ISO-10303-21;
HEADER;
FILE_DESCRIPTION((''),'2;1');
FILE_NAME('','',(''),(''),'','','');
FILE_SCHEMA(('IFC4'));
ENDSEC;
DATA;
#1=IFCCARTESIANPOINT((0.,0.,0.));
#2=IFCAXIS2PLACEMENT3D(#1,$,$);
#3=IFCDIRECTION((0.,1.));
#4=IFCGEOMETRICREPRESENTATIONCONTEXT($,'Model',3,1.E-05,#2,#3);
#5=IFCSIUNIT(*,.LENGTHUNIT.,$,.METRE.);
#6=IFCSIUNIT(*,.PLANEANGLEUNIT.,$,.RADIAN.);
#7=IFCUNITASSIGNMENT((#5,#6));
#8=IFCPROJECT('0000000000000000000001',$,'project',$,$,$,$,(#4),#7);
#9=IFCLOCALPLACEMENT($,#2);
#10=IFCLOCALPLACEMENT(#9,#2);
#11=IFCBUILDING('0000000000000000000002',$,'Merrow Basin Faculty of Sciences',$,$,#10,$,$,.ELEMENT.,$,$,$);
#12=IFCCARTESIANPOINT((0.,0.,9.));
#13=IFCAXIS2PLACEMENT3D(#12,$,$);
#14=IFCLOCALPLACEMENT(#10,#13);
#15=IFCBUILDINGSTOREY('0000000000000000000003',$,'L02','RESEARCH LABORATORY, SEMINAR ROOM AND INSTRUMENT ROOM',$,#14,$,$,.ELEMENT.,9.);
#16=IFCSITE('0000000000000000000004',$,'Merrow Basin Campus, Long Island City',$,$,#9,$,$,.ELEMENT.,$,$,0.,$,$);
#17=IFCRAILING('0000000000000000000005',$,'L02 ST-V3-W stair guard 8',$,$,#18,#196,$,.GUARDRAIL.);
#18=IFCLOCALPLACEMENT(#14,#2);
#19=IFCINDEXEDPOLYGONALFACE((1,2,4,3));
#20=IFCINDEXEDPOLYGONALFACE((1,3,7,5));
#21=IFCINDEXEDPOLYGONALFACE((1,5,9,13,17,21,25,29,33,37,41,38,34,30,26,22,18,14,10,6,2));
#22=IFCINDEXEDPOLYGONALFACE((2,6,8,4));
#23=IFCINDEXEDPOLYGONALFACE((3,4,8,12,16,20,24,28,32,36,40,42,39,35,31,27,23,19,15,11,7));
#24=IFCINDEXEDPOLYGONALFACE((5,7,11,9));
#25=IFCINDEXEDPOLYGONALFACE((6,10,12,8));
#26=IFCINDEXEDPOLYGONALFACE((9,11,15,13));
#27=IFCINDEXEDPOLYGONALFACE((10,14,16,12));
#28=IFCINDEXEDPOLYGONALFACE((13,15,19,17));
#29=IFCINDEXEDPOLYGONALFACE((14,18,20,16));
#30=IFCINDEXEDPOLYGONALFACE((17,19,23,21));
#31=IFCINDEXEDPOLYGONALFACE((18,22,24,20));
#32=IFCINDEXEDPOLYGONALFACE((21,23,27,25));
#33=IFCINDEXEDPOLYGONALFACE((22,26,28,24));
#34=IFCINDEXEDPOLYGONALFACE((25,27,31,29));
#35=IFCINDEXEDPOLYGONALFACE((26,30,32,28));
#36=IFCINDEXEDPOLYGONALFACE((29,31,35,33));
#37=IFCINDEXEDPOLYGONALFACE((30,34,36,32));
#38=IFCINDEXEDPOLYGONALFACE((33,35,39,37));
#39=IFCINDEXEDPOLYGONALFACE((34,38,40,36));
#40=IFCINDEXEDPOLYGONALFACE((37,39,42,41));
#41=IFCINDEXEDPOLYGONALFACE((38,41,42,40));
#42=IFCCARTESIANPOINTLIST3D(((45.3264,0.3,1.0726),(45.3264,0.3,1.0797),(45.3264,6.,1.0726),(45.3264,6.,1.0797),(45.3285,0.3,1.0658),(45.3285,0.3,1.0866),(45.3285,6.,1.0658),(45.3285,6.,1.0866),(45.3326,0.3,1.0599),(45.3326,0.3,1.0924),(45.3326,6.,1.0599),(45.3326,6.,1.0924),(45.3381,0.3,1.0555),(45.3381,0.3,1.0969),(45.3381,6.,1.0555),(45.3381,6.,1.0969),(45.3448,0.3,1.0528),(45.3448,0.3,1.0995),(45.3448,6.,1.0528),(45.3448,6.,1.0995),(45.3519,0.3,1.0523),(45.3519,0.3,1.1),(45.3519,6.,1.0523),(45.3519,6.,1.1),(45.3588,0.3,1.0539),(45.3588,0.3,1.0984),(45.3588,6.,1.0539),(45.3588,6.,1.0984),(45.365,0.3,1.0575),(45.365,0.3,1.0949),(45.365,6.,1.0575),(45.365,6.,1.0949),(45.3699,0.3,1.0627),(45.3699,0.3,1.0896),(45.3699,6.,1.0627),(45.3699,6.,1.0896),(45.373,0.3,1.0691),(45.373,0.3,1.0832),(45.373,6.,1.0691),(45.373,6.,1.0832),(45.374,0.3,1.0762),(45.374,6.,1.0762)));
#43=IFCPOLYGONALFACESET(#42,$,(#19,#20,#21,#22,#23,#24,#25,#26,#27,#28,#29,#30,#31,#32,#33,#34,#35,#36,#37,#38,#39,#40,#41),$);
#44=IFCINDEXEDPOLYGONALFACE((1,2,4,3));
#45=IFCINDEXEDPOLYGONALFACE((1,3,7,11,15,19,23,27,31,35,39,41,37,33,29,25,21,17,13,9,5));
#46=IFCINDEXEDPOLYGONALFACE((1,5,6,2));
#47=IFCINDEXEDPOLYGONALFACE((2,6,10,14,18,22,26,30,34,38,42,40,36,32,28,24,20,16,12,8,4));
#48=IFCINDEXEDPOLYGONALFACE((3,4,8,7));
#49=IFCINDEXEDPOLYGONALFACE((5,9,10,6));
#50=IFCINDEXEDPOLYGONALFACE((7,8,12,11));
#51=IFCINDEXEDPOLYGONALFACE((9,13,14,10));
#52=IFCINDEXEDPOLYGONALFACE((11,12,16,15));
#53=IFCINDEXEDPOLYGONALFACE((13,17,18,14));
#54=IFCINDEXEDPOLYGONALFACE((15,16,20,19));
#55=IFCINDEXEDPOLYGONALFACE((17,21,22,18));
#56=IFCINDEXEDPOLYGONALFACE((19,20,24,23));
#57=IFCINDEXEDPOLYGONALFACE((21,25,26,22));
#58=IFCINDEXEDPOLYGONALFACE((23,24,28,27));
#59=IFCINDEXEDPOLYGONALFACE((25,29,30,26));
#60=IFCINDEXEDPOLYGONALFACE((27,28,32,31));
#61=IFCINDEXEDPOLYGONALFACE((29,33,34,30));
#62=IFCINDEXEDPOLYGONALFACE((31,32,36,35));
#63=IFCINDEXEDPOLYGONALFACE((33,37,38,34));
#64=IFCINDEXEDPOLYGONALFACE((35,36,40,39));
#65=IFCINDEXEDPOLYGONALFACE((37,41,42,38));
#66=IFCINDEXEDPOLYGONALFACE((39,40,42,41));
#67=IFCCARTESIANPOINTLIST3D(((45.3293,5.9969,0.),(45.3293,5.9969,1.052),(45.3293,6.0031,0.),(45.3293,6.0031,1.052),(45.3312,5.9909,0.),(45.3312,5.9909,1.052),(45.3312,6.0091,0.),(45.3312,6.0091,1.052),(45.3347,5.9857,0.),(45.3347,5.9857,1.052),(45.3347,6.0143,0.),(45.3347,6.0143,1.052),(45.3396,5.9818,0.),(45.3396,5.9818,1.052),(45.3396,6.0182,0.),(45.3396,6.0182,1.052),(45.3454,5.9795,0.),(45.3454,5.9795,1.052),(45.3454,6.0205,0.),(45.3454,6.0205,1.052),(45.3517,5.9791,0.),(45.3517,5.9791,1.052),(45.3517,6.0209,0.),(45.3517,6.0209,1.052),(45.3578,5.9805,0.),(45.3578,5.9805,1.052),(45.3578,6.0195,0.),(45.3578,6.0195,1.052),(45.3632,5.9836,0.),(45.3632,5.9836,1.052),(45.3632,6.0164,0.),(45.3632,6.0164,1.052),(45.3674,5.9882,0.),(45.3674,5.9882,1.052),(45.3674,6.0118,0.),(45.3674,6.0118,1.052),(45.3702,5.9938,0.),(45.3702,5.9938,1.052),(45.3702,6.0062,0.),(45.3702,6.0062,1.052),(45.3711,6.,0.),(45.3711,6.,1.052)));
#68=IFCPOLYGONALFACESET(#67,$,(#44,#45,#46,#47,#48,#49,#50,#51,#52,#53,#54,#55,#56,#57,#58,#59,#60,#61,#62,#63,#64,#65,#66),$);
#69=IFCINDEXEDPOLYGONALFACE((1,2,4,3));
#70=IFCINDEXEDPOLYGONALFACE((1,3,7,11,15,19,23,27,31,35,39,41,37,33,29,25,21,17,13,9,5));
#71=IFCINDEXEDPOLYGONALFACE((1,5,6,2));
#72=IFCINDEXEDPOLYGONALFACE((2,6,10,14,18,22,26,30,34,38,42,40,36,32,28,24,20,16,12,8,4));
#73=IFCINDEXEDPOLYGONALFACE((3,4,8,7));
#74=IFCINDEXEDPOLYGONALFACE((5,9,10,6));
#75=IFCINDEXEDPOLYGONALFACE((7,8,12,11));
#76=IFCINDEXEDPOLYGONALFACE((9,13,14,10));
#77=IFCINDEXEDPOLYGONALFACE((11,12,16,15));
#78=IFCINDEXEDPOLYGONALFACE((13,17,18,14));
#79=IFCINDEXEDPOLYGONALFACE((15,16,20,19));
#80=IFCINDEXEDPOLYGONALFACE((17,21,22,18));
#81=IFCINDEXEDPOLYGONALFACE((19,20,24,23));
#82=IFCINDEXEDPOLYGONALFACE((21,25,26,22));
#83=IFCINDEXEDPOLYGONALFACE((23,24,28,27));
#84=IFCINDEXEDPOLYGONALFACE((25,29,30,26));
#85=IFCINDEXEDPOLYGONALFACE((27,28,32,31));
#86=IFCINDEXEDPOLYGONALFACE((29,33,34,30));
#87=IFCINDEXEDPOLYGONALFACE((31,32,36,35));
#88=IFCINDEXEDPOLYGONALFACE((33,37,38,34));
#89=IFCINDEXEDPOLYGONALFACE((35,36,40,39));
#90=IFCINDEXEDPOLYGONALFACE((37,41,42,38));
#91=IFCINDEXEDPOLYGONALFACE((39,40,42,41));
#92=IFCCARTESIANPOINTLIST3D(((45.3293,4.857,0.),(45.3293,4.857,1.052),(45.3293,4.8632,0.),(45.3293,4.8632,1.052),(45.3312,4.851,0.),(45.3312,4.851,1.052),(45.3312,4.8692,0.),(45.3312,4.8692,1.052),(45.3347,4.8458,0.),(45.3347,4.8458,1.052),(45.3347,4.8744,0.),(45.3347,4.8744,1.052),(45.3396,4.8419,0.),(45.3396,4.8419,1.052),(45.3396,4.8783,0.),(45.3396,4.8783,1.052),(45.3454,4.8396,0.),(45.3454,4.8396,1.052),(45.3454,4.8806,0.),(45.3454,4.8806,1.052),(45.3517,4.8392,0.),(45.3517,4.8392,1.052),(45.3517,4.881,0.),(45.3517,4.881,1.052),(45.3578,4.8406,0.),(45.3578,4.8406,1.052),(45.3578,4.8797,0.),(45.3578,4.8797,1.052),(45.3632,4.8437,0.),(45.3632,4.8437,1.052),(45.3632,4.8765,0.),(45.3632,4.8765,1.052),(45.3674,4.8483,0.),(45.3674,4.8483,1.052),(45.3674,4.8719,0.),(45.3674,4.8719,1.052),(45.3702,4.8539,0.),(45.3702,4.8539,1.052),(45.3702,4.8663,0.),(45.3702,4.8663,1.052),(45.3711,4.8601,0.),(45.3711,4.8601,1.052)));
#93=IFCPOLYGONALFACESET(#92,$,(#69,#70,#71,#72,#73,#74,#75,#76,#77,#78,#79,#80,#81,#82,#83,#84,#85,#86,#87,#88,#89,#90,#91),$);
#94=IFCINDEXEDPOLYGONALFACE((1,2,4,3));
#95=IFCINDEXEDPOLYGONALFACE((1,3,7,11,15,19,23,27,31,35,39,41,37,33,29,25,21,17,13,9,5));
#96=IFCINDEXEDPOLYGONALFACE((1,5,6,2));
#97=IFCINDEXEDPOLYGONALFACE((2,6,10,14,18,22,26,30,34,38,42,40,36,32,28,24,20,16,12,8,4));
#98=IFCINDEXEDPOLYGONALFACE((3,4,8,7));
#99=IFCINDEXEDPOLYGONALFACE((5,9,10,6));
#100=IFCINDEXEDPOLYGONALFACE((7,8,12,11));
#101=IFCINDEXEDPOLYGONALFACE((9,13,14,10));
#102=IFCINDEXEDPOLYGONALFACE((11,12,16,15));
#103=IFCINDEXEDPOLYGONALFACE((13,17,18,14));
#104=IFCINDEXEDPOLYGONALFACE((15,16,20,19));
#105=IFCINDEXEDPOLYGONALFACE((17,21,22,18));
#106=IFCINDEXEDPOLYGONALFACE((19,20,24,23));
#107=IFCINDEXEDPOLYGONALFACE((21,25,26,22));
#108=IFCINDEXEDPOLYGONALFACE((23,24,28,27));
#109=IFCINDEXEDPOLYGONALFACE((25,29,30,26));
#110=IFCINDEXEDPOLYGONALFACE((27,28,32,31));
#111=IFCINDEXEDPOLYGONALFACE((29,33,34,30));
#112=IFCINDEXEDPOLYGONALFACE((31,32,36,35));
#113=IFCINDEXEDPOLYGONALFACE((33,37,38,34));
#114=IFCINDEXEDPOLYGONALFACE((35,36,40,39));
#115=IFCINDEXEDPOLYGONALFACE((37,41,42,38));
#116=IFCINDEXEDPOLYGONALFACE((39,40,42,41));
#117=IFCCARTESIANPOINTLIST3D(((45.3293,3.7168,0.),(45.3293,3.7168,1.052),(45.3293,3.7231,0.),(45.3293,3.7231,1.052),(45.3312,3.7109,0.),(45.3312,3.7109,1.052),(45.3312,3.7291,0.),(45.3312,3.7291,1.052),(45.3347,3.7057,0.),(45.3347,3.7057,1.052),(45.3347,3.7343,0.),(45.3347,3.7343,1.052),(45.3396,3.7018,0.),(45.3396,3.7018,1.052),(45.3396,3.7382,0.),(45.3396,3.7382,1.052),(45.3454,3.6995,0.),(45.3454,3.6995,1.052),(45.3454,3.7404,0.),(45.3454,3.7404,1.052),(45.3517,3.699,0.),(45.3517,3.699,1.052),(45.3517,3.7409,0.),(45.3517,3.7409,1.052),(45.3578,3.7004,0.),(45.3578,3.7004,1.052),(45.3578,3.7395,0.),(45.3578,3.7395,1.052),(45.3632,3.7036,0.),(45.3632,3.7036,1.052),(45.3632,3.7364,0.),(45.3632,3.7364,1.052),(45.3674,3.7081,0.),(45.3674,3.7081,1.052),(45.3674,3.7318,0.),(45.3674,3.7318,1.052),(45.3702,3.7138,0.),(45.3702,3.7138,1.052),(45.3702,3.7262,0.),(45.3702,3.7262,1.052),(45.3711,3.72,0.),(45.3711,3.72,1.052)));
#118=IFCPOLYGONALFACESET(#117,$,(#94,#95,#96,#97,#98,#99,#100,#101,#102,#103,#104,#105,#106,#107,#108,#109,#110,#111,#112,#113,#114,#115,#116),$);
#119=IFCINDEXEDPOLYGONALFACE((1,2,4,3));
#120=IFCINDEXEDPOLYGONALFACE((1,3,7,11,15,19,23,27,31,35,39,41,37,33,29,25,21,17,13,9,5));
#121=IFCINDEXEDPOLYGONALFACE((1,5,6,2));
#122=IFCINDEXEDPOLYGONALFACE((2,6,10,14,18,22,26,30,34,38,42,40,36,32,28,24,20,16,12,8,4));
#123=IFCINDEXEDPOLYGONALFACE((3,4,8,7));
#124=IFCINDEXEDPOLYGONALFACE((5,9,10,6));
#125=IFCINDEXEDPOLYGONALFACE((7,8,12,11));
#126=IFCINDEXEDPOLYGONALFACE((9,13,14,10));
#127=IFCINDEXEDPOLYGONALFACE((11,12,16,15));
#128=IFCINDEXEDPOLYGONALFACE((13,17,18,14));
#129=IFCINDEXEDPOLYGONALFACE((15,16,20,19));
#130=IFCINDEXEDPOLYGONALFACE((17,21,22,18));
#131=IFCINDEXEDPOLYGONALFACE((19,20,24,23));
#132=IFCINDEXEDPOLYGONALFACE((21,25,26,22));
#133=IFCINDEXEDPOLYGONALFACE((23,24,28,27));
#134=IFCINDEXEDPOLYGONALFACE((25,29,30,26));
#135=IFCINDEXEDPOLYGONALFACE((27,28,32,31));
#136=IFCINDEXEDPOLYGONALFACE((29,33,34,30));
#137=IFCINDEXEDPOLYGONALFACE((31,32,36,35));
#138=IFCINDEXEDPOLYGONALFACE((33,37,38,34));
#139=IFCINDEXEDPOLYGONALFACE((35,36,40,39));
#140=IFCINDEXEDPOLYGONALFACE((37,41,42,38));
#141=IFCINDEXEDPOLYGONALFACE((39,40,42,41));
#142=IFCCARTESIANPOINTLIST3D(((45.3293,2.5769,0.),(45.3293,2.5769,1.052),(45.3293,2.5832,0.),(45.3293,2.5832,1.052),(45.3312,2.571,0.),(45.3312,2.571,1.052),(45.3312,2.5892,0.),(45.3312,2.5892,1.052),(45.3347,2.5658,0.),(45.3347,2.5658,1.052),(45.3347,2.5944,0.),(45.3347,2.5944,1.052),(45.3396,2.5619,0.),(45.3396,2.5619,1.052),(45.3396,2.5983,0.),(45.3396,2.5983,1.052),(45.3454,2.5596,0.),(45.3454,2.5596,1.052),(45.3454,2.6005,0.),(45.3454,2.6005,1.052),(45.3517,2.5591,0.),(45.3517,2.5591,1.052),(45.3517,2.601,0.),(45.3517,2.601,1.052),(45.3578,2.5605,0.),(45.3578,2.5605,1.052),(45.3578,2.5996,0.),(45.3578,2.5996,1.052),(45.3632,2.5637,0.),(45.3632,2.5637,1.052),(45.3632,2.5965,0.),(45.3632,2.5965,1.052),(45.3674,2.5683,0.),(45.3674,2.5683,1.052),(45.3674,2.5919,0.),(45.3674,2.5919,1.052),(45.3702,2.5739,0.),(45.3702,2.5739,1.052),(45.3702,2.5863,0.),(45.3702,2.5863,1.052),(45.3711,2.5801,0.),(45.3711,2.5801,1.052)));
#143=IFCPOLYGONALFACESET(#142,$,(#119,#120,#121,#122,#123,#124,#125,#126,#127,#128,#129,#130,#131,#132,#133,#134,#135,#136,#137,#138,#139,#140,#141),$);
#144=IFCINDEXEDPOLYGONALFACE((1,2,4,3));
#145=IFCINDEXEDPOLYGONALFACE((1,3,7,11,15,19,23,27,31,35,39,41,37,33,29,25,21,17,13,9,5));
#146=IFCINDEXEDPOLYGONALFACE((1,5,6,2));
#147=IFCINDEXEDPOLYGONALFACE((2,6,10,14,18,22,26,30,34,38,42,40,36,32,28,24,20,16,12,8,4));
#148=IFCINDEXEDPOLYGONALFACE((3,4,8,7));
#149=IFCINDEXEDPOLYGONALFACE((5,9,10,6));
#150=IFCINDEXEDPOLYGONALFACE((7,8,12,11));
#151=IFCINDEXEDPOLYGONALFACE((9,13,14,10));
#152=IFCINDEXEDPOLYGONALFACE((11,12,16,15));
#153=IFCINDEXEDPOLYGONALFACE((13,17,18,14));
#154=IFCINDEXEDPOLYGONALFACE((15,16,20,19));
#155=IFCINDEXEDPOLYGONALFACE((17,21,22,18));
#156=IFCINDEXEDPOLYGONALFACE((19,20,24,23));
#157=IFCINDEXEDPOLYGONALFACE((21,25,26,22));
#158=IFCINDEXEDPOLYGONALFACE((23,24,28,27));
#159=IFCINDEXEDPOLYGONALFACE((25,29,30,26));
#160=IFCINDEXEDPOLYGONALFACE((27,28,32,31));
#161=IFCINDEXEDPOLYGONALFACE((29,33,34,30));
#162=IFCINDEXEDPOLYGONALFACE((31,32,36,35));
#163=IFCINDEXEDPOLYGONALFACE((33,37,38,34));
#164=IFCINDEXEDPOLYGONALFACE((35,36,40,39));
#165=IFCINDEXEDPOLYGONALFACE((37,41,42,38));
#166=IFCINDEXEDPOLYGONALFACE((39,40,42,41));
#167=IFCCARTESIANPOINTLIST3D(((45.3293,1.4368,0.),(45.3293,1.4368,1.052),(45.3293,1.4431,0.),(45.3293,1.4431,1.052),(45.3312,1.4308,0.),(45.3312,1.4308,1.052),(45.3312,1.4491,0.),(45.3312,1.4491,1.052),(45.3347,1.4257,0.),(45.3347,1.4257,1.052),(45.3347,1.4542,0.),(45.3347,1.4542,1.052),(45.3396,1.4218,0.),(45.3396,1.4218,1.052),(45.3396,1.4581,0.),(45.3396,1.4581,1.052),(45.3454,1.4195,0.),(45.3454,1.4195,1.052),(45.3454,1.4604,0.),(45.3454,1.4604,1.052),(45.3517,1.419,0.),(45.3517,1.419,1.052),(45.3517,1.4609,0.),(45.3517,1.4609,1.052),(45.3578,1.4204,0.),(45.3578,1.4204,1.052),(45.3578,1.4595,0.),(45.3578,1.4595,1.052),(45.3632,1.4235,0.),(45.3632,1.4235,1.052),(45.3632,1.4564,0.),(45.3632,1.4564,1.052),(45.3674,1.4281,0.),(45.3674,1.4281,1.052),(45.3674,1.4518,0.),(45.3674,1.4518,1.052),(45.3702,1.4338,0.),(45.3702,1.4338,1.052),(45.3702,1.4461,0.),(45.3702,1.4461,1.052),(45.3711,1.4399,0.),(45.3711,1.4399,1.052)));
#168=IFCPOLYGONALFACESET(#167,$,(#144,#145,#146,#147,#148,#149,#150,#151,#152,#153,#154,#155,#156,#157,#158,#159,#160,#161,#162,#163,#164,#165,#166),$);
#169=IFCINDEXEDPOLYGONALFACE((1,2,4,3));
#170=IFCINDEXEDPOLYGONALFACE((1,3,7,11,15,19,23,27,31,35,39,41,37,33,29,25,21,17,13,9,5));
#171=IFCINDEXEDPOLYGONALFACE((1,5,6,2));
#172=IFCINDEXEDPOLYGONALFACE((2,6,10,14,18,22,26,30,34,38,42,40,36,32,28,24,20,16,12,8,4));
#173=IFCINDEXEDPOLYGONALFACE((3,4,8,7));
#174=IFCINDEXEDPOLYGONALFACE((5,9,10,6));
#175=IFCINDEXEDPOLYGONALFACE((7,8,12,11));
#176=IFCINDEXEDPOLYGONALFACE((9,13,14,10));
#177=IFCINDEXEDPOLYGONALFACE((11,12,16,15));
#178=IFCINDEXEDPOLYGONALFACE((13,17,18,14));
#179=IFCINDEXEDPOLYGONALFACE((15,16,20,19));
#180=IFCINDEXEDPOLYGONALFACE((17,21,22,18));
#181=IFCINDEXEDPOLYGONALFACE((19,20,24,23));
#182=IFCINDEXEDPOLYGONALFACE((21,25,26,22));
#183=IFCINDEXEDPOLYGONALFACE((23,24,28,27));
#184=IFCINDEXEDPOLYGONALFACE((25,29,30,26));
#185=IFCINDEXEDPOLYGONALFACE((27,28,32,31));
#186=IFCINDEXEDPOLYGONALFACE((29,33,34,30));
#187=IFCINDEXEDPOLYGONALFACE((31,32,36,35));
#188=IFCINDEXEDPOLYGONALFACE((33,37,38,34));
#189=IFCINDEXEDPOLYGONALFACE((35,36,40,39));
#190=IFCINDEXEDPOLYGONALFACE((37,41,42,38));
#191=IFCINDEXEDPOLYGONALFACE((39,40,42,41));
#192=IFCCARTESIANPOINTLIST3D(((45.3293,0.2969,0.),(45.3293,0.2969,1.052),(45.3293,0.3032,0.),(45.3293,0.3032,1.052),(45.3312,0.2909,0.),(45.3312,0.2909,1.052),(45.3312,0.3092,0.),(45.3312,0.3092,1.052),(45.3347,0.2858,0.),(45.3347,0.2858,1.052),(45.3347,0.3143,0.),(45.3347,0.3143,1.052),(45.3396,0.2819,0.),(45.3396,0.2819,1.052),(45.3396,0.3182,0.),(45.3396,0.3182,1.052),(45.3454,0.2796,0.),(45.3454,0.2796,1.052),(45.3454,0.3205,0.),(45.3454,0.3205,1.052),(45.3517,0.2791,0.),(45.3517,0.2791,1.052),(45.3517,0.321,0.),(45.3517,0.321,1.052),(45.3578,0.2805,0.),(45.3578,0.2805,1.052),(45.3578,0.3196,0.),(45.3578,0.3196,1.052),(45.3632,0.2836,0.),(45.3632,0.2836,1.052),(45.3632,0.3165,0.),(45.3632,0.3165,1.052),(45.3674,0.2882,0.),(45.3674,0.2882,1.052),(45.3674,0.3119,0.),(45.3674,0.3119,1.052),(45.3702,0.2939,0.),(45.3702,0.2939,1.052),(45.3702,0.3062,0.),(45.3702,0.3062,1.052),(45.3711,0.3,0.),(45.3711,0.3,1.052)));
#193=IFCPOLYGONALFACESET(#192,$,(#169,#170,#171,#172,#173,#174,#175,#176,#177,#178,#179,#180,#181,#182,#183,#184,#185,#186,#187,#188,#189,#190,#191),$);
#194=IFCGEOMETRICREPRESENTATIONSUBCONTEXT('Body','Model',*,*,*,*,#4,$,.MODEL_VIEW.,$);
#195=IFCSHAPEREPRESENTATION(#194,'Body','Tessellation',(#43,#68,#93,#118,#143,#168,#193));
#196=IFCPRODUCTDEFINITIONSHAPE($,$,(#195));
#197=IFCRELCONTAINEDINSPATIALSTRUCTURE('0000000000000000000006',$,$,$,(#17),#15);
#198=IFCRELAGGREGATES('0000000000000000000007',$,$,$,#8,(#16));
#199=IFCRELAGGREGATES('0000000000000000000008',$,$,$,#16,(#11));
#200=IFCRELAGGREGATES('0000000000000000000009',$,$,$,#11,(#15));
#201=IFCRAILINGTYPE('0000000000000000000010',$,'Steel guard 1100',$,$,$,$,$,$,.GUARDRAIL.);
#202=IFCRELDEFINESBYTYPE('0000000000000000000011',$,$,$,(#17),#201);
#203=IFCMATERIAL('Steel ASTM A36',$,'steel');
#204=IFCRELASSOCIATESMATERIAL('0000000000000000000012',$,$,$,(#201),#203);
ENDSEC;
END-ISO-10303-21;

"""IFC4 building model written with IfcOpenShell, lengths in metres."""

from ifc_helpers import new_model, si_unit, direction, frame, origin, origin_2d, place, context, subcontext, project, spatial, circle, extrude, material, type_object, element, save


model = new_model("IFC4")

# Units and contexts
model_context = context("Model", 3, precision=1e-05, world=origin(), true_north=direction((0.0, 1.0)))
body_context = subcontext(model_context, "Body", "Model", "MODEL_VIEW")
ifc_project = project(units=[si_unit("LENGTHUNIT", "METRE"), si_unit("PLANEANGLEUNIT", "RADIAN")], contexts=[model_context])

# Site, building, storey
site_placement = place(None, origin())
site = spatial("IfcSite", under=ifc_project, at=site_placement, Name="Merrow Basin Campus, Long Island City", CompositionType="ELEMENT", RefElevation=0.0)
building_placement = place(site_placement, origin())
building = spatial("IfcBuilding", under=site, at=building_placement, Name="Merrow Basin Faculty of Sciences", CompositionType="ELEMENT")
storey_placement = place(building_placement, frame((0.0, 0.0, 9.0)))
storey = spatial("IfcBuildingStorey", under=building, at=storey_placement, Name="L02", Description="RESEARCH LABORATORY, SEMINAR ROOM AND INSTRUMENT ROOM", CompositionType="ELEMENT", Elevation=9.0)

# Railing
ifc_material_1 = material(Name="Steel ASTM A36", Category="steel")
railing_type_1 = type_object("IfcRailingType", Name="Steel guard 1100", PredefinedType="GUARDRAIL", material=ifc_material_1)
railing_1_placement = place(storey_placement, frame((45.3501, 6.0, 0.0)))
element("IfcRailing", 1, at=railing_1_placement, inside=storey, type_object=railing_type_1, Name="L02 ST-V3-W stair guard 8", PredefinedType="GUARDRAIL", context=body_context, shape_type="SweptSolid", body=[
    extrude(circle(Radius=0.0239, at=origin_2d()), frame((0.0, 0.0, 1.0762), z_axis=(0.0, -1.0, 0.0), x_axis=(1.0, 0.0, 0.0)), (0.0, 0.0, 1.0), 5.7),
    extrude(circle(Radius=0.021, at=origin_2d()), origin(), (0.0, 0.0, 1.0), 1.052),
    extrude(circle(Radius=0.021, at=origin_2d()), frame((0.0, -1.1399, 0.0)), (0.0, 0.0, 1.0), 1.052),
    extrude(circle(Radius=0.021, at=origin_2d()), frame((0.0, -2.28, 0.0)), (0.0, 0.0, 1.0), 1.052),
    extrude(circle(Radius=0.021, at=origin_2d()), frame((0.0, -3.4199, 0.0)), (0.0, 0.0, 1.0), 1.052),
    extrude(circle(Radius=0.021, at=origin_2d()), frame((0.0, -4.5601, 0.0)), (0.0, 0.0, 1.0), 1.052),
    extrude(circle(Radius=0.021, at=origin_2d()), frame((0.0, -5.7, 0.0)), (0.0, 0.0, 1.0), 1.052),
])

save(model, "model.ifc")
